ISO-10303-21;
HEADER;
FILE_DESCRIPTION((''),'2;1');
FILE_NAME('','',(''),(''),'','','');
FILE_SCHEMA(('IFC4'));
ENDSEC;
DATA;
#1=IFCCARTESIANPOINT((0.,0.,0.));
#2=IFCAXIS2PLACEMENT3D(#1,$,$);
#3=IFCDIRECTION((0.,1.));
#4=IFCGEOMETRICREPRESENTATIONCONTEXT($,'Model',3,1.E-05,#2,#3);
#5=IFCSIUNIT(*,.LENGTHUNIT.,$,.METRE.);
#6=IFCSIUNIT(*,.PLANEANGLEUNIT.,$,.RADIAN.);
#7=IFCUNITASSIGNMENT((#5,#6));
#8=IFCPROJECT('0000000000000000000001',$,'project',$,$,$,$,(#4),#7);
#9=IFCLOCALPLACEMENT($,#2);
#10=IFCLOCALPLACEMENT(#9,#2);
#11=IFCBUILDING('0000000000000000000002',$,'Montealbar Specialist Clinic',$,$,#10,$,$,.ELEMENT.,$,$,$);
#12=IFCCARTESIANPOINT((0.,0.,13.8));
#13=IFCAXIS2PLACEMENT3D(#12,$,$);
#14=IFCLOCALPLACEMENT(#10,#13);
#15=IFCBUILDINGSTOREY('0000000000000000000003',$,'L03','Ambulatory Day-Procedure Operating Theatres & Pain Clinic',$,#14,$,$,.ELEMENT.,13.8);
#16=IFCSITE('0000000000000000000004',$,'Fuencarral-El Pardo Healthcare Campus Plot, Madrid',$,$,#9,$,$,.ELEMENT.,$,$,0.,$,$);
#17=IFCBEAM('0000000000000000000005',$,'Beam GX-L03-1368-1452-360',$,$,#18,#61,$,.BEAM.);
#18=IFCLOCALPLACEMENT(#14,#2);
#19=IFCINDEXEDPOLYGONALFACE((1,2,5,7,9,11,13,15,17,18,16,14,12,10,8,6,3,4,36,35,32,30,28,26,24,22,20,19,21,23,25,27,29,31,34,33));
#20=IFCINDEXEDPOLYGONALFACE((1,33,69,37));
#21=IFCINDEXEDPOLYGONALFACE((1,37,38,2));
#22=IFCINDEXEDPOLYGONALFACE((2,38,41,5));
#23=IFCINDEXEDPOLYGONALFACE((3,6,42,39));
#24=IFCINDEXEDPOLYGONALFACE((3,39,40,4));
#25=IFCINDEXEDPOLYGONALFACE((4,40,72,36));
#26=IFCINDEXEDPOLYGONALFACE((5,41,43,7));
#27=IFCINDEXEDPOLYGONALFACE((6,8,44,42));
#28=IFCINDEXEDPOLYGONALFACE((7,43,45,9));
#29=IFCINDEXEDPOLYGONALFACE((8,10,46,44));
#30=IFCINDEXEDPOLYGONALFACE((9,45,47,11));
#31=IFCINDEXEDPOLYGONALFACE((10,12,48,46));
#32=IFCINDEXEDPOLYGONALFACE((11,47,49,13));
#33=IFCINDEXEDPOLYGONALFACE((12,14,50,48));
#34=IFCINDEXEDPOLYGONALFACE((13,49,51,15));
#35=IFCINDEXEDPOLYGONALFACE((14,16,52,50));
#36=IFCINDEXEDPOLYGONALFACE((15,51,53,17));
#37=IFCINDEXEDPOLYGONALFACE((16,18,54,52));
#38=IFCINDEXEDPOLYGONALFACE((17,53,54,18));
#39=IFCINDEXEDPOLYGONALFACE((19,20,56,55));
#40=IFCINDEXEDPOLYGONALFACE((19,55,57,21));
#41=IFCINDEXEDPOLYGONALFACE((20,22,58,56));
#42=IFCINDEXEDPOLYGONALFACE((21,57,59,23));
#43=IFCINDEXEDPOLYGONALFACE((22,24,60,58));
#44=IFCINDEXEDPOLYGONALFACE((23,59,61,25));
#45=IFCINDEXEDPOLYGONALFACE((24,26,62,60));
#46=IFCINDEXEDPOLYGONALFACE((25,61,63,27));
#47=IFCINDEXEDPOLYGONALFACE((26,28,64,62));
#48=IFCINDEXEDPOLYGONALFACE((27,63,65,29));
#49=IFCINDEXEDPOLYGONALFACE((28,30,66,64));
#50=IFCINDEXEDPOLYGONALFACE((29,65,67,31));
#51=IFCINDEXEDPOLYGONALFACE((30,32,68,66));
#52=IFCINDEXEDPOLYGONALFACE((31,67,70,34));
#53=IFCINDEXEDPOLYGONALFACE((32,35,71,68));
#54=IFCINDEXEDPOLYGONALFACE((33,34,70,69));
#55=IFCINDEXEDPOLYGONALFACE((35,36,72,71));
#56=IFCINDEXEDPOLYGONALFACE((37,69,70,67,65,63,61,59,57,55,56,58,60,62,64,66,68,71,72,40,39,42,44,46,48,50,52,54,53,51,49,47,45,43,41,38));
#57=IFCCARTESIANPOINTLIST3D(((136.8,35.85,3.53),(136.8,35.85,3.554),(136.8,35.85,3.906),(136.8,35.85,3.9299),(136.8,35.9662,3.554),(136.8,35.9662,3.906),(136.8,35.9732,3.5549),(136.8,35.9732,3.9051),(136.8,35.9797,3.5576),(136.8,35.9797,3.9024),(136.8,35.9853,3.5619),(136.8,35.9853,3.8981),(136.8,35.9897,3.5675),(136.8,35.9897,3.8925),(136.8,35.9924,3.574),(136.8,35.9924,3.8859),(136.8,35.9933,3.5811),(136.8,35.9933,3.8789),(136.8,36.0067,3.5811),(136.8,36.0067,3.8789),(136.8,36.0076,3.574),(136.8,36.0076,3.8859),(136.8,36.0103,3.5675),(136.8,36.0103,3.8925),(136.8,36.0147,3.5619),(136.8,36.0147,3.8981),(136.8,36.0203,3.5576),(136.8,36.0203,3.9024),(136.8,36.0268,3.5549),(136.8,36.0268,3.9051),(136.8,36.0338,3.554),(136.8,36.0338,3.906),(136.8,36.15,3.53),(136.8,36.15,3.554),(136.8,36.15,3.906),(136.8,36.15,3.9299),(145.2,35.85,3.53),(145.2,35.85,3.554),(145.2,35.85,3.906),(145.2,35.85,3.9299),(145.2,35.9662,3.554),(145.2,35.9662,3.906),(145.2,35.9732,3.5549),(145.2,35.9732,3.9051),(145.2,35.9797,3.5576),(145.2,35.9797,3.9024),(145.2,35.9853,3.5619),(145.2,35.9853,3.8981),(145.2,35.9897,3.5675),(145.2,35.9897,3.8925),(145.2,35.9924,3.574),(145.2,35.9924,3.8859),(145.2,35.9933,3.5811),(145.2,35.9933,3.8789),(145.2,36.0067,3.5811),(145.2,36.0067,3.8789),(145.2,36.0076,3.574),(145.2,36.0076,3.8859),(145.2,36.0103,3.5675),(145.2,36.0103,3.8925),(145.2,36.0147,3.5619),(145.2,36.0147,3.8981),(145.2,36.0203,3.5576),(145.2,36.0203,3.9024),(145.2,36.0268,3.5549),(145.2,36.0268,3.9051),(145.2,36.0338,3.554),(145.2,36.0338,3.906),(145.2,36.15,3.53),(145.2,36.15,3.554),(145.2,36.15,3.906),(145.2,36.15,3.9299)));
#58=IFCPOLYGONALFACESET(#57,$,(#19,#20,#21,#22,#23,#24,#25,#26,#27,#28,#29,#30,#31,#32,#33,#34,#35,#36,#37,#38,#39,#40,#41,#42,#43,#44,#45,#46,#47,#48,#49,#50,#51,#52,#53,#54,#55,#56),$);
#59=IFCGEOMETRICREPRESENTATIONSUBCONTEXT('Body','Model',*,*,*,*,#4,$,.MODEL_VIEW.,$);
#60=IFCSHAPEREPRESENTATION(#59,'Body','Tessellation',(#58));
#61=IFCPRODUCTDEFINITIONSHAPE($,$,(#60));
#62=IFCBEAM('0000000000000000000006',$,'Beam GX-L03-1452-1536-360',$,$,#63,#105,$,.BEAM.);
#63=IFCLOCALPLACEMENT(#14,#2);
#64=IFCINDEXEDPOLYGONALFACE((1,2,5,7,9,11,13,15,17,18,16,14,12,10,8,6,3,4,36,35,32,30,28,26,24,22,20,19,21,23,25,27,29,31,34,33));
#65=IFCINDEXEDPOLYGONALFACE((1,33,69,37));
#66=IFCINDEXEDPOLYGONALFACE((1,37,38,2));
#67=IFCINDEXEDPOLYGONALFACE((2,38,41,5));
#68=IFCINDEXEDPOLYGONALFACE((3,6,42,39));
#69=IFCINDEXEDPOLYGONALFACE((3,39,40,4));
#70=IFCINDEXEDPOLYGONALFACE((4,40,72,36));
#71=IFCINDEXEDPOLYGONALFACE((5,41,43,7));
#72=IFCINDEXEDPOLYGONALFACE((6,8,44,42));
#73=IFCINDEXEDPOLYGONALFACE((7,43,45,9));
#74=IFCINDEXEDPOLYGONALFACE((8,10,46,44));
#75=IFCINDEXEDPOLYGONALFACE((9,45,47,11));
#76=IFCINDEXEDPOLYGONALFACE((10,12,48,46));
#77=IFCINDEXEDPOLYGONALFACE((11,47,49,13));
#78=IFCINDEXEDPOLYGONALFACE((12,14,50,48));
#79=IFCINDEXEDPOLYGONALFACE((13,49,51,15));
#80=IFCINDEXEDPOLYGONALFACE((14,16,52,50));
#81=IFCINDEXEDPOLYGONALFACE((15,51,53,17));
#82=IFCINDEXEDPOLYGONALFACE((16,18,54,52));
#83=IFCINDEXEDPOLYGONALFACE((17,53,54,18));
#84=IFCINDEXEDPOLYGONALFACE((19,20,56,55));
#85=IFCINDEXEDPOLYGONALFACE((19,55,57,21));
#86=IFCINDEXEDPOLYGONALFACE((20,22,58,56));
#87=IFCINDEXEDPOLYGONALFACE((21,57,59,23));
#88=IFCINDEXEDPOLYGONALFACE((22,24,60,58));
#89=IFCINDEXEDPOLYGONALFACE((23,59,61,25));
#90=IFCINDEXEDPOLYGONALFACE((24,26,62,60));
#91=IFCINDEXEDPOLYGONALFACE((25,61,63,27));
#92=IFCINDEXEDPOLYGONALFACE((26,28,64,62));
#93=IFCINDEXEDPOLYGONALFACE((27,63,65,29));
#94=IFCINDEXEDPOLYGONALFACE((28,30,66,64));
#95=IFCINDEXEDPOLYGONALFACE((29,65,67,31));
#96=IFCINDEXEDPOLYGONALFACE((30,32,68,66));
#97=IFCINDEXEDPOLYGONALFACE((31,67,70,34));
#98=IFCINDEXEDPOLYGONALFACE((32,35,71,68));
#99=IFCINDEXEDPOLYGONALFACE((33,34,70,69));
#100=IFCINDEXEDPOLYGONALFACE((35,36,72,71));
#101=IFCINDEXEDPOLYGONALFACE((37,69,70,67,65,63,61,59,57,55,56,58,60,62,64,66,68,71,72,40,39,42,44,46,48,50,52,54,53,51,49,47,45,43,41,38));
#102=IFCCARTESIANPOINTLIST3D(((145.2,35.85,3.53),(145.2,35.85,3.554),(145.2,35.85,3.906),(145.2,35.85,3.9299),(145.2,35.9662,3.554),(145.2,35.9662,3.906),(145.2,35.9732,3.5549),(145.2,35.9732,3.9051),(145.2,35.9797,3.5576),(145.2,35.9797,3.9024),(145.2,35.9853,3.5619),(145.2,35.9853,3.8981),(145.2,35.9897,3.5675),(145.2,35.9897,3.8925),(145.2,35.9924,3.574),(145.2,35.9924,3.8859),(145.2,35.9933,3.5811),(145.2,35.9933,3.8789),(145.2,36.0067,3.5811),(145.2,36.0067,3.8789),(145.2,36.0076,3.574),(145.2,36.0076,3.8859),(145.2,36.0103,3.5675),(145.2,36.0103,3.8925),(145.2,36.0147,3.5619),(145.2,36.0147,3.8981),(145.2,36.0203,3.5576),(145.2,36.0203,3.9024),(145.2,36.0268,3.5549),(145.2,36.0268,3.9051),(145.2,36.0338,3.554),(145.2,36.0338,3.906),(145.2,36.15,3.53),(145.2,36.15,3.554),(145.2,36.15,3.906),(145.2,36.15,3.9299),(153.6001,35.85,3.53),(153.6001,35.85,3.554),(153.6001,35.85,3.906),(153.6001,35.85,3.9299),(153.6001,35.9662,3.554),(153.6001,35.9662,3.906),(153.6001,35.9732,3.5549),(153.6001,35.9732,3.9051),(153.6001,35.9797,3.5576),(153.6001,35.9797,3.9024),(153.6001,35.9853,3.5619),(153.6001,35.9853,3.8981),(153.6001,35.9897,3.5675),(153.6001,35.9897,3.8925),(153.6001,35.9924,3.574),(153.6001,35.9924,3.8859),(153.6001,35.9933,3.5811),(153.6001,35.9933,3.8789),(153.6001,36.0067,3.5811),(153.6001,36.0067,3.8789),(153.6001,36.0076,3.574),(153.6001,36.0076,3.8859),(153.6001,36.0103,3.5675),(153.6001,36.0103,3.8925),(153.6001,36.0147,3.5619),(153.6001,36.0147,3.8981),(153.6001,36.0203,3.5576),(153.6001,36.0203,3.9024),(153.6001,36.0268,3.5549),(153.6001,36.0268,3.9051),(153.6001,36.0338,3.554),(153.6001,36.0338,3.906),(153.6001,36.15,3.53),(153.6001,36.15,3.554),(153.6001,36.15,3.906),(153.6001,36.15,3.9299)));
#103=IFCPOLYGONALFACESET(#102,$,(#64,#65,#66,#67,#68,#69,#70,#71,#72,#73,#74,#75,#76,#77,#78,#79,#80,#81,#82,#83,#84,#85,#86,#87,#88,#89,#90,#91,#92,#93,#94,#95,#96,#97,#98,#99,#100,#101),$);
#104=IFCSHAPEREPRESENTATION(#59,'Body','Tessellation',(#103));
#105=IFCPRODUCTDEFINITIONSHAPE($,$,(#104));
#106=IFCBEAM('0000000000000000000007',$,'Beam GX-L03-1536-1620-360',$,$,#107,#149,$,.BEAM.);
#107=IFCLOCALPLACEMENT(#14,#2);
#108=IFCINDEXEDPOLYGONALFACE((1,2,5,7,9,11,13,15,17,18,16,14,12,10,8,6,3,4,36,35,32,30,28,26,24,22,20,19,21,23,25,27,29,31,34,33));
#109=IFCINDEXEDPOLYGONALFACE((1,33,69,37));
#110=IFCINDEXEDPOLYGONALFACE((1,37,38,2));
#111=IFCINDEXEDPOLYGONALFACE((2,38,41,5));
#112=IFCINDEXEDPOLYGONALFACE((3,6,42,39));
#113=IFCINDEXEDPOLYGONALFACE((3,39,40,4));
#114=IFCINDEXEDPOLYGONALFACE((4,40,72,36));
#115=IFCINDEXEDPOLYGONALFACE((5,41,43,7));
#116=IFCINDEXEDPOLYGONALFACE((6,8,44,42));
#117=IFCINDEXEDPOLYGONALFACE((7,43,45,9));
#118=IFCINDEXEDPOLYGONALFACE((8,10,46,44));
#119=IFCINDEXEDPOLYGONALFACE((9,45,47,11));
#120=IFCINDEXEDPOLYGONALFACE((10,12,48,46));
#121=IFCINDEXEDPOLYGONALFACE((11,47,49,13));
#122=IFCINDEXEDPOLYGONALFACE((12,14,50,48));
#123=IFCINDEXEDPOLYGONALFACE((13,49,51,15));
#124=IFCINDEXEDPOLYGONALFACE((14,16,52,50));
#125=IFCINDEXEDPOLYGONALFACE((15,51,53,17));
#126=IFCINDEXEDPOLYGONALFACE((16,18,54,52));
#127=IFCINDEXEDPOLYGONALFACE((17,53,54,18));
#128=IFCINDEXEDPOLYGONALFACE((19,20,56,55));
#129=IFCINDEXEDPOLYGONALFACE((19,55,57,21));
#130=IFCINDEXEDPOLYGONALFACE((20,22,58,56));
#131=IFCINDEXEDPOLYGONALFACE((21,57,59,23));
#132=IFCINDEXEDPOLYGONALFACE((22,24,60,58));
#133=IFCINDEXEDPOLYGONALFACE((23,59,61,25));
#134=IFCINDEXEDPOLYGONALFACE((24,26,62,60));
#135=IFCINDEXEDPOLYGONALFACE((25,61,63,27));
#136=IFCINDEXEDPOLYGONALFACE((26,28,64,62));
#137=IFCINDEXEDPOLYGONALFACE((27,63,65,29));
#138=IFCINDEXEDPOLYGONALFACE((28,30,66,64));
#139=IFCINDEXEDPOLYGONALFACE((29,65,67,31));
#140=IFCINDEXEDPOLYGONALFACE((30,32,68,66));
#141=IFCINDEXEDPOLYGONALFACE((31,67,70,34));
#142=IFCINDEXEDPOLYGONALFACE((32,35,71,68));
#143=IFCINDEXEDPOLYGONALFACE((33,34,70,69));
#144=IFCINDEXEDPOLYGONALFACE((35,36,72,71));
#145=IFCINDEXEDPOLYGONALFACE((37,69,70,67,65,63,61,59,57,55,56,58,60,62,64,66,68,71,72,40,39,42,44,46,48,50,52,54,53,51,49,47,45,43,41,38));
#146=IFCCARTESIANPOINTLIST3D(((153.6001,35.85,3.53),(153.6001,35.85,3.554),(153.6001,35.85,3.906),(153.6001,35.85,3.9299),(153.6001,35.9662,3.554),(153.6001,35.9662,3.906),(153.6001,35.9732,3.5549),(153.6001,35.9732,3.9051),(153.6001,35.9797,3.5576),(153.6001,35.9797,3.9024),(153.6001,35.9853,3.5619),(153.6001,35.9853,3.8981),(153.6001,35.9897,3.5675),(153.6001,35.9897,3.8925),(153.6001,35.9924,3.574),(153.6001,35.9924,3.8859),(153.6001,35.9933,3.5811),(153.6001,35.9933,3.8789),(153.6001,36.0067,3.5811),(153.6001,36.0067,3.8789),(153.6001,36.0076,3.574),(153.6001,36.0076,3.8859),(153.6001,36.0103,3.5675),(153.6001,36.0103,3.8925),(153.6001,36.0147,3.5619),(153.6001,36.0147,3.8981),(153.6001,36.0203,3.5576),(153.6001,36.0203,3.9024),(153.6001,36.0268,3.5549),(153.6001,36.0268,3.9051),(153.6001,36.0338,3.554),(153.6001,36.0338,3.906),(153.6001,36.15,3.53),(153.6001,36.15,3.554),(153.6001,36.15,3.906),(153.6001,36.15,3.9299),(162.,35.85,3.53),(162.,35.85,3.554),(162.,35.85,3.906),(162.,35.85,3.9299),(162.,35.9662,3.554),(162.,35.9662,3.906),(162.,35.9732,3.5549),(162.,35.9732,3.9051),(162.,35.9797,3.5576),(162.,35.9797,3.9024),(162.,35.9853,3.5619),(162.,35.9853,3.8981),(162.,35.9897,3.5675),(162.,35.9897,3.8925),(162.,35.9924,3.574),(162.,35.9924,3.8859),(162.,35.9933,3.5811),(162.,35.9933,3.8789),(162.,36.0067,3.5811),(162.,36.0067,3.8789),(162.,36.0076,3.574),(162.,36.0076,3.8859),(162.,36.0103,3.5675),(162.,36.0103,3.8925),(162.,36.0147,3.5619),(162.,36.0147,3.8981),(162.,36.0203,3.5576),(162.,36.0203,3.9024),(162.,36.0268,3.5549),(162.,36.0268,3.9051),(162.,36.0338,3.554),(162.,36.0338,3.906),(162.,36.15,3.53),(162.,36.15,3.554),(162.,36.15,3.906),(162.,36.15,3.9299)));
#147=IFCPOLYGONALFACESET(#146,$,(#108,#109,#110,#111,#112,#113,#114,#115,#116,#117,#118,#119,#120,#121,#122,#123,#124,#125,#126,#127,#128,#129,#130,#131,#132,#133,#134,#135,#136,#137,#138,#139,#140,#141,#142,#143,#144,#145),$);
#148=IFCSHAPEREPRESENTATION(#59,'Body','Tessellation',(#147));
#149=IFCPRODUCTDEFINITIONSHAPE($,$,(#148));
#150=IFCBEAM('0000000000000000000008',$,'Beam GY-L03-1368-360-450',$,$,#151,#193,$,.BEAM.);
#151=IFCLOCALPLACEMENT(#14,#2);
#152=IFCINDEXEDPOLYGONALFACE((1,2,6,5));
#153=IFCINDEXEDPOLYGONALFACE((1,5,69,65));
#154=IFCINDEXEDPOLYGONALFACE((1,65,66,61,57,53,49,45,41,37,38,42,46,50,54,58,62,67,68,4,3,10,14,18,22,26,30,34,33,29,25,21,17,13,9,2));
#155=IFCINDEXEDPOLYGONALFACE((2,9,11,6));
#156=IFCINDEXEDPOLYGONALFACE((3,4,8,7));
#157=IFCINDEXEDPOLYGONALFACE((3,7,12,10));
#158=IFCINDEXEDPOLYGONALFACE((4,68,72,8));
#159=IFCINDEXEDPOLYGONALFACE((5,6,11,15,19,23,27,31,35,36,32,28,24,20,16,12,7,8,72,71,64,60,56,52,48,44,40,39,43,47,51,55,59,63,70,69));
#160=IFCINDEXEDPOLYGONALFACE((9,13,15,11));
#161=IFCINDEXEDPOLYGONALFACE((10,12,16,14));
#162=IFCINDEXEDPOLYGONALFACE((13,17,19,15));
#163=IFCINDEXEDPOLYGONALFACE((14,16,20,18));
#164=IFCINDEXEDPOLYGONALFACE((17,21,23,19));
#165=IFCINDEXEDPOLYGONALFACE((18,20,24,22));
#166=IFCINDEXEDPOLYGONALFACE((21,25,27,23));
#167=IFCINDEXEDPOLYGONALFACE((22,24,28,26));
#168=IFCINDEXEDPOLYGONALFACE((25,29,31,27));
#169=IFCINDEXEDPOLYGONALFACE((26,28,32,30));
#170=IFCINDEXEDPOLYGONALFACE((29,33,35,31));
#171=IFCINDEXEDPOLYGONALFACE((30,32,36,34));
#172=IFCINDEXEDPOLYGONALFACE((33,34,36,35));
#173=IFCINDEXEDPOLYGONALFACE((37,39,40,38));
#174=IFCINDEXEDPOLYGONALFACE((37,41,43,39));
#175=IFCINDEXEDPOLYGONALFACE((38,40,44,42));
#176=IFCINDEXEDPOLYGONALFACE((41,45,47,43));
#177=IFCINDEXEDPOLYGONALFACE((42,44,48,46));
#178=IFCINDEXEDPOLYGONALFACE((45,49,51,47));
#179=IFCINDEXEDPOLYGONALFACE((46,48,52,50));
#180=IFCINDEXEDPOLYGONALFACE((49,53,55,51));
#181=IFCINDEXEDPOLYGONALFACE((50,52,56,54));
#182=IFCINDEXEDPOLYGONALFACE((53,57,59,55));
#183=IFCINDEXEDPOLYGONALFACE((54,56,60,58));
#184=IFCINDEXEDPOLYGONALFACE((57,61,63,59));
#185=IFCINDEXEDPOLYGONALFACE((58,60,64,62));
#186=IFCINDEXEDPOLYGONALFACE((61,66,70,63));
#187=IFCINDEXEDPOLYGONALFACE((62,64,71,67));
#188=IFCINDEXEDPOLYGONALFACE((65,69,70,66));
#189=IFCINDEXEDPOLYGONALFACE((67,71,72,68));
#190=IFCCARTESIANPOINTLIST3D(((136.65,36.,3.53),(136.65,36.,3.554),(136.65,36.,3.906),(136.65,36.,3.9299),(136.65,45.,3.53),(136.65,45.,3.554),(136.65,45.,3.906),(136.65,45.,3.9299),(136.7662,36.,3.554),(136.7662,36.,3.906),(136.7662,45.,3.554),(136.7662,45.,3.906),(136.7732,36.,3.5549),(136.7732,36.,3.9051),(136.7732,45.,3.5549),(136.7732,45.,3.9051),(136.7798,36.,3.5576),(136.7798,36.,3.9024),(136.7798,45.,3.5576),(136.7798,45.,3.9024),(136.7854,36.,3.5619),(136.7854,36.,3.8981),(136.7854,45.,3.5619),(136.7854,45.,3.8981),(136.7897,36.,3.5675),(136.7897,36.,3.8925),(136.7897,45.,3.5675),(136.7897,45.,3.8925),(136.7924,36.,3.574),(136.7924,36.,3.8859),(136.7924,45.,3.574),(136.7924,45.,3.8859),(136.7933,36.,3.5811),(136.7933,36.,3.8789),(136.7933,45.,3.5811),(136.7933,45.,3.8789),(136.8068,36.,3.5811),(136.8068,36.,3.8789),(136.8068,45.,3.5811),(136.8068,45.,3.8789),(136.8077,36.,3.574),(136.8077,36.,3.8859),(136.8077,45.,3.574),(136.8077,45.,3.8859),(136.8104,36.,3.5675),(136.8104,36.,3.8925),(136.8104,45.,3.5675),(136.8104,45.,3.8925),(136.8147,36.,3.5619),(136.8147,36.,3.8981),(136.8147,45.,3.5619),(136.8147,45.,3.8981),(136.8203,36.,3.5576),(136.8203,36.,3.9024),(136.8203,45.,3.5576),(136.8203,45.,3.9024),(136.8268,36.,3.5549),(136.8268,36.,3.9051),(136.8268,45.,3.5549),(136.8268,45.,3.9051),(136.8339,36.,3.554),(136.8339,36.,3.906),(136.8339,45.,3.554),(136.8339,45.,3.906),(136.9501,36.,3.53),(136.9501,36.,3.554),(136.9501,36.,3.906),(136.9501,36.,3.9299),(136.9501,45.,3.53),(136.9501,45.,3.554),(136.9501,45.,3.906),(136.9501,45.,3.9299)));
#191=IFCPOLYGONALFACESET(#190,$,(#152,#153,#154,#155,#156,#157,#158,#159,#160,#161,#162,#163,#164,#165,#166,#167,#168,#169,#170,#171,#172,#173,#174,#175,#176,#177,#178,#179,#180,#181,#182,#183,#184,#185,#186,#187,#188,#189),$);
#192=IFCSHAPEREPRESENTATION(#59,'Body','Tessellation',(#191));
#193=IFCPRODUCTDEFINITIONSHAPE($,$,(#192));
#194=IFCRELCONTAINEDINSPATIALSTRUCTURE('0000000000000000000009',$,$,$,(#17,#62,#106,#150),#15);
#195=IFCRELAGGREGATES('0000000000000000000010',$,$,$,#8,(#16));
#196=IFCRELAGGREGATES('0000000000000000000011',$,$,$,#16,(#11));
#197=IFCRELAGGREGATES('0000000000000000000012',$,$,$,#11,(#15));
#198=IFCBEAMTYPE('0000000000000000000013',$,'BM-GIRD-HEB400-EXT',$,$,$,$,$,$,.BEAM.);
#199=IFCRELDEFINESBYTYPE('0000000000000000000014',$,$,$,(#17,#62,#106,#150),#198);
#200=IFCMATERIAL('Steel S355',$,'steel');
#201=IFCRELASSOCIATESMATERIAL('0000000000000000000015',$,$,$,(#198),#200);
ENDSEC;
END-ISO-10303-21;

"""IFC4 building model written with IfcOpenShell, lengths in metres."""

from ifc_helpers import new_model, si_unit, direction, frame, origin, origin_2d, place, context, subcontext, project, spatial, i_section, extrude, material, material_profile, profile_set, type_object, element, save


model = new_model("IFC4")

# Units and contexts
model_context = context("Model", 3, precision=1e-05, world=origin(), true_north=direction((0.0, 1.0)))
body_context = subcontext(model_context, "Body", "Model", "MODEL_VIEW")
ifc_project = project(units=[si_unit("LENGTHUNIT", "METRE"), si_unit("PLANEANGLEUNIT", "RADIAN")], contexts=[model_context])

# Site, building, storey
site_placement = place(None, origin())
site = spatial("IfcSite", under=ifc_project, at=site_placement, Name="Fuencarral-El Pardo Healthcare Campus Plot, Madrid", CompositionType="ELEMENT", RefElevation=0.0)
building_placement = place(site_placement, origin())
building = spatial("IfcBuilding", under=site, at=building_placement, Name="Montealbar Specialist Clinic", CompositionType="ELEMENT")
storey_placement = place(building_placement, frame((0.0, 0.0, 13.8)))
storey = spatial("IfcBuildingStorey", under=building, at=storey_placement, Name="L03", Description="Ambulatory Day-Procedure Operating Theatres & Pain Clinic", CompositionType="ELEMENT", Elevation=13.8)

# Shared definitions
ifc_material_1 = material(Name="Steel S355", Category="steel")

# Beams
ifc_material_profile_1 = material_profile(ifc_material_1, i_section(OverallWidth=0.3, OverallDepth=0.3999, WebThickness=0.0134, FlangeThickness=0.0239, FilletRadius=0.0271, at=origin_2d()), Name="HEB 400", Category="steel")
ifc_profile_set_1 = profile_set([ifc_material_profile_1], Name="Steel S355")
beam_type_1 = type_object("IfcBeamType", Name="BM-GIRD-HEB400-EXT", PredefinedType="BEAM", material=ifc_profile_set_1)
beam_1_placement = place(storey_placement, frame((136.8, 36.0, 3.73), z_axis=(1.0, 0.0, 0.0), x_axis=(0.0, 1.0, 0.0)))
element("IfcBeam", 1, at=beam_1_placement, inside=storey, type_object=beam_type_1, Name="Beam GX-L03-1368-1452-360", PredefinedType="BEAM", context=body_context, shape_type="SweptSolid", body=[
    extrude(i_section(OverallWidth=0.3, OverallDepth=0.3999, WebThickness=0.0134, FlangeThickness=0.0239, FilletRadius=0.0271, at=origin_2d()), origin(), (0.0, 0.0, 1.0), 8.3999),
])
beam_2_placement = place(storey_placement, frame((145.2, 36.0, 3.73), z_axis=(1.0, 0.0, 0.0), x_axis=(0.0, 1.0, 0.0)))
element("IfcBeam", 2, at=beam_2_placement, inside=storey, type_object=beam_type_1, Name="Beam GX-L03-1452-1536-360", PredefinedType="BEAM", context=body_context, shape_type="SweptSolid", body=[
    extrude(i_section(OverallWidth=0.3, OverallDepth=0.3999, WebThickness=0.0134, FlangeThickness=0.0239, FilletRadius=0.0271, at=origin_2d()), origin(), (0.0, 0.0, 1.0), 8.4001),
])
beam_3_placement = place(storey_placement, frame((153.6001, 36.0, 3.73), z_axis=(1.0, 0.0, 0.0), x_axis=(0.0, 1.0, 0.0)))
element("IfcBeam", 3, at=beam_3_placement, inside=storey, type_object=beam_type_1, Name="Beam GX-L03-1536-1620-360", PredefinedType="BEAM", context=body_context, shape_type="SweptSolid", body=[
    extrude(i_section(OverallWidth=0.3, OverallDepth=0.3999, WebThickness=0.0134, FlangeThickness=0.0239, FilletRadius=0.0271, at=origin_2d()), origin(), (0.0, 0.0, 1.0), 8.3999),
])
for number, where, z_axis, x_axis, name in (
    (4, (136.8, 36.0, 3.73), (0.0, 1.0, 0.0), (-1.0, 0.0, 0.0), "Beam GY-L03-1368-360-450"),
):
    element("IfcBeam", number, at=place(storey_placement, frame(where, z_axis=z_axis, x_axis=x_axis)), inside=storey, type_object=beam_type_1, Name=name, PredefinedType="BEAM", context=body_context, shape_type="SweptSolid", body=[
        extrude(i_section(OverallWidth=0.3, OverallDepth=0.3999, WebThickness=0.0134, FlangeThickness=0.0239, FilletRadius=0.0271, at=origin_2d()), origin(), (0.0, 0.0, 1.0), 9.0),
    ])

save(model, "model.ifc")
